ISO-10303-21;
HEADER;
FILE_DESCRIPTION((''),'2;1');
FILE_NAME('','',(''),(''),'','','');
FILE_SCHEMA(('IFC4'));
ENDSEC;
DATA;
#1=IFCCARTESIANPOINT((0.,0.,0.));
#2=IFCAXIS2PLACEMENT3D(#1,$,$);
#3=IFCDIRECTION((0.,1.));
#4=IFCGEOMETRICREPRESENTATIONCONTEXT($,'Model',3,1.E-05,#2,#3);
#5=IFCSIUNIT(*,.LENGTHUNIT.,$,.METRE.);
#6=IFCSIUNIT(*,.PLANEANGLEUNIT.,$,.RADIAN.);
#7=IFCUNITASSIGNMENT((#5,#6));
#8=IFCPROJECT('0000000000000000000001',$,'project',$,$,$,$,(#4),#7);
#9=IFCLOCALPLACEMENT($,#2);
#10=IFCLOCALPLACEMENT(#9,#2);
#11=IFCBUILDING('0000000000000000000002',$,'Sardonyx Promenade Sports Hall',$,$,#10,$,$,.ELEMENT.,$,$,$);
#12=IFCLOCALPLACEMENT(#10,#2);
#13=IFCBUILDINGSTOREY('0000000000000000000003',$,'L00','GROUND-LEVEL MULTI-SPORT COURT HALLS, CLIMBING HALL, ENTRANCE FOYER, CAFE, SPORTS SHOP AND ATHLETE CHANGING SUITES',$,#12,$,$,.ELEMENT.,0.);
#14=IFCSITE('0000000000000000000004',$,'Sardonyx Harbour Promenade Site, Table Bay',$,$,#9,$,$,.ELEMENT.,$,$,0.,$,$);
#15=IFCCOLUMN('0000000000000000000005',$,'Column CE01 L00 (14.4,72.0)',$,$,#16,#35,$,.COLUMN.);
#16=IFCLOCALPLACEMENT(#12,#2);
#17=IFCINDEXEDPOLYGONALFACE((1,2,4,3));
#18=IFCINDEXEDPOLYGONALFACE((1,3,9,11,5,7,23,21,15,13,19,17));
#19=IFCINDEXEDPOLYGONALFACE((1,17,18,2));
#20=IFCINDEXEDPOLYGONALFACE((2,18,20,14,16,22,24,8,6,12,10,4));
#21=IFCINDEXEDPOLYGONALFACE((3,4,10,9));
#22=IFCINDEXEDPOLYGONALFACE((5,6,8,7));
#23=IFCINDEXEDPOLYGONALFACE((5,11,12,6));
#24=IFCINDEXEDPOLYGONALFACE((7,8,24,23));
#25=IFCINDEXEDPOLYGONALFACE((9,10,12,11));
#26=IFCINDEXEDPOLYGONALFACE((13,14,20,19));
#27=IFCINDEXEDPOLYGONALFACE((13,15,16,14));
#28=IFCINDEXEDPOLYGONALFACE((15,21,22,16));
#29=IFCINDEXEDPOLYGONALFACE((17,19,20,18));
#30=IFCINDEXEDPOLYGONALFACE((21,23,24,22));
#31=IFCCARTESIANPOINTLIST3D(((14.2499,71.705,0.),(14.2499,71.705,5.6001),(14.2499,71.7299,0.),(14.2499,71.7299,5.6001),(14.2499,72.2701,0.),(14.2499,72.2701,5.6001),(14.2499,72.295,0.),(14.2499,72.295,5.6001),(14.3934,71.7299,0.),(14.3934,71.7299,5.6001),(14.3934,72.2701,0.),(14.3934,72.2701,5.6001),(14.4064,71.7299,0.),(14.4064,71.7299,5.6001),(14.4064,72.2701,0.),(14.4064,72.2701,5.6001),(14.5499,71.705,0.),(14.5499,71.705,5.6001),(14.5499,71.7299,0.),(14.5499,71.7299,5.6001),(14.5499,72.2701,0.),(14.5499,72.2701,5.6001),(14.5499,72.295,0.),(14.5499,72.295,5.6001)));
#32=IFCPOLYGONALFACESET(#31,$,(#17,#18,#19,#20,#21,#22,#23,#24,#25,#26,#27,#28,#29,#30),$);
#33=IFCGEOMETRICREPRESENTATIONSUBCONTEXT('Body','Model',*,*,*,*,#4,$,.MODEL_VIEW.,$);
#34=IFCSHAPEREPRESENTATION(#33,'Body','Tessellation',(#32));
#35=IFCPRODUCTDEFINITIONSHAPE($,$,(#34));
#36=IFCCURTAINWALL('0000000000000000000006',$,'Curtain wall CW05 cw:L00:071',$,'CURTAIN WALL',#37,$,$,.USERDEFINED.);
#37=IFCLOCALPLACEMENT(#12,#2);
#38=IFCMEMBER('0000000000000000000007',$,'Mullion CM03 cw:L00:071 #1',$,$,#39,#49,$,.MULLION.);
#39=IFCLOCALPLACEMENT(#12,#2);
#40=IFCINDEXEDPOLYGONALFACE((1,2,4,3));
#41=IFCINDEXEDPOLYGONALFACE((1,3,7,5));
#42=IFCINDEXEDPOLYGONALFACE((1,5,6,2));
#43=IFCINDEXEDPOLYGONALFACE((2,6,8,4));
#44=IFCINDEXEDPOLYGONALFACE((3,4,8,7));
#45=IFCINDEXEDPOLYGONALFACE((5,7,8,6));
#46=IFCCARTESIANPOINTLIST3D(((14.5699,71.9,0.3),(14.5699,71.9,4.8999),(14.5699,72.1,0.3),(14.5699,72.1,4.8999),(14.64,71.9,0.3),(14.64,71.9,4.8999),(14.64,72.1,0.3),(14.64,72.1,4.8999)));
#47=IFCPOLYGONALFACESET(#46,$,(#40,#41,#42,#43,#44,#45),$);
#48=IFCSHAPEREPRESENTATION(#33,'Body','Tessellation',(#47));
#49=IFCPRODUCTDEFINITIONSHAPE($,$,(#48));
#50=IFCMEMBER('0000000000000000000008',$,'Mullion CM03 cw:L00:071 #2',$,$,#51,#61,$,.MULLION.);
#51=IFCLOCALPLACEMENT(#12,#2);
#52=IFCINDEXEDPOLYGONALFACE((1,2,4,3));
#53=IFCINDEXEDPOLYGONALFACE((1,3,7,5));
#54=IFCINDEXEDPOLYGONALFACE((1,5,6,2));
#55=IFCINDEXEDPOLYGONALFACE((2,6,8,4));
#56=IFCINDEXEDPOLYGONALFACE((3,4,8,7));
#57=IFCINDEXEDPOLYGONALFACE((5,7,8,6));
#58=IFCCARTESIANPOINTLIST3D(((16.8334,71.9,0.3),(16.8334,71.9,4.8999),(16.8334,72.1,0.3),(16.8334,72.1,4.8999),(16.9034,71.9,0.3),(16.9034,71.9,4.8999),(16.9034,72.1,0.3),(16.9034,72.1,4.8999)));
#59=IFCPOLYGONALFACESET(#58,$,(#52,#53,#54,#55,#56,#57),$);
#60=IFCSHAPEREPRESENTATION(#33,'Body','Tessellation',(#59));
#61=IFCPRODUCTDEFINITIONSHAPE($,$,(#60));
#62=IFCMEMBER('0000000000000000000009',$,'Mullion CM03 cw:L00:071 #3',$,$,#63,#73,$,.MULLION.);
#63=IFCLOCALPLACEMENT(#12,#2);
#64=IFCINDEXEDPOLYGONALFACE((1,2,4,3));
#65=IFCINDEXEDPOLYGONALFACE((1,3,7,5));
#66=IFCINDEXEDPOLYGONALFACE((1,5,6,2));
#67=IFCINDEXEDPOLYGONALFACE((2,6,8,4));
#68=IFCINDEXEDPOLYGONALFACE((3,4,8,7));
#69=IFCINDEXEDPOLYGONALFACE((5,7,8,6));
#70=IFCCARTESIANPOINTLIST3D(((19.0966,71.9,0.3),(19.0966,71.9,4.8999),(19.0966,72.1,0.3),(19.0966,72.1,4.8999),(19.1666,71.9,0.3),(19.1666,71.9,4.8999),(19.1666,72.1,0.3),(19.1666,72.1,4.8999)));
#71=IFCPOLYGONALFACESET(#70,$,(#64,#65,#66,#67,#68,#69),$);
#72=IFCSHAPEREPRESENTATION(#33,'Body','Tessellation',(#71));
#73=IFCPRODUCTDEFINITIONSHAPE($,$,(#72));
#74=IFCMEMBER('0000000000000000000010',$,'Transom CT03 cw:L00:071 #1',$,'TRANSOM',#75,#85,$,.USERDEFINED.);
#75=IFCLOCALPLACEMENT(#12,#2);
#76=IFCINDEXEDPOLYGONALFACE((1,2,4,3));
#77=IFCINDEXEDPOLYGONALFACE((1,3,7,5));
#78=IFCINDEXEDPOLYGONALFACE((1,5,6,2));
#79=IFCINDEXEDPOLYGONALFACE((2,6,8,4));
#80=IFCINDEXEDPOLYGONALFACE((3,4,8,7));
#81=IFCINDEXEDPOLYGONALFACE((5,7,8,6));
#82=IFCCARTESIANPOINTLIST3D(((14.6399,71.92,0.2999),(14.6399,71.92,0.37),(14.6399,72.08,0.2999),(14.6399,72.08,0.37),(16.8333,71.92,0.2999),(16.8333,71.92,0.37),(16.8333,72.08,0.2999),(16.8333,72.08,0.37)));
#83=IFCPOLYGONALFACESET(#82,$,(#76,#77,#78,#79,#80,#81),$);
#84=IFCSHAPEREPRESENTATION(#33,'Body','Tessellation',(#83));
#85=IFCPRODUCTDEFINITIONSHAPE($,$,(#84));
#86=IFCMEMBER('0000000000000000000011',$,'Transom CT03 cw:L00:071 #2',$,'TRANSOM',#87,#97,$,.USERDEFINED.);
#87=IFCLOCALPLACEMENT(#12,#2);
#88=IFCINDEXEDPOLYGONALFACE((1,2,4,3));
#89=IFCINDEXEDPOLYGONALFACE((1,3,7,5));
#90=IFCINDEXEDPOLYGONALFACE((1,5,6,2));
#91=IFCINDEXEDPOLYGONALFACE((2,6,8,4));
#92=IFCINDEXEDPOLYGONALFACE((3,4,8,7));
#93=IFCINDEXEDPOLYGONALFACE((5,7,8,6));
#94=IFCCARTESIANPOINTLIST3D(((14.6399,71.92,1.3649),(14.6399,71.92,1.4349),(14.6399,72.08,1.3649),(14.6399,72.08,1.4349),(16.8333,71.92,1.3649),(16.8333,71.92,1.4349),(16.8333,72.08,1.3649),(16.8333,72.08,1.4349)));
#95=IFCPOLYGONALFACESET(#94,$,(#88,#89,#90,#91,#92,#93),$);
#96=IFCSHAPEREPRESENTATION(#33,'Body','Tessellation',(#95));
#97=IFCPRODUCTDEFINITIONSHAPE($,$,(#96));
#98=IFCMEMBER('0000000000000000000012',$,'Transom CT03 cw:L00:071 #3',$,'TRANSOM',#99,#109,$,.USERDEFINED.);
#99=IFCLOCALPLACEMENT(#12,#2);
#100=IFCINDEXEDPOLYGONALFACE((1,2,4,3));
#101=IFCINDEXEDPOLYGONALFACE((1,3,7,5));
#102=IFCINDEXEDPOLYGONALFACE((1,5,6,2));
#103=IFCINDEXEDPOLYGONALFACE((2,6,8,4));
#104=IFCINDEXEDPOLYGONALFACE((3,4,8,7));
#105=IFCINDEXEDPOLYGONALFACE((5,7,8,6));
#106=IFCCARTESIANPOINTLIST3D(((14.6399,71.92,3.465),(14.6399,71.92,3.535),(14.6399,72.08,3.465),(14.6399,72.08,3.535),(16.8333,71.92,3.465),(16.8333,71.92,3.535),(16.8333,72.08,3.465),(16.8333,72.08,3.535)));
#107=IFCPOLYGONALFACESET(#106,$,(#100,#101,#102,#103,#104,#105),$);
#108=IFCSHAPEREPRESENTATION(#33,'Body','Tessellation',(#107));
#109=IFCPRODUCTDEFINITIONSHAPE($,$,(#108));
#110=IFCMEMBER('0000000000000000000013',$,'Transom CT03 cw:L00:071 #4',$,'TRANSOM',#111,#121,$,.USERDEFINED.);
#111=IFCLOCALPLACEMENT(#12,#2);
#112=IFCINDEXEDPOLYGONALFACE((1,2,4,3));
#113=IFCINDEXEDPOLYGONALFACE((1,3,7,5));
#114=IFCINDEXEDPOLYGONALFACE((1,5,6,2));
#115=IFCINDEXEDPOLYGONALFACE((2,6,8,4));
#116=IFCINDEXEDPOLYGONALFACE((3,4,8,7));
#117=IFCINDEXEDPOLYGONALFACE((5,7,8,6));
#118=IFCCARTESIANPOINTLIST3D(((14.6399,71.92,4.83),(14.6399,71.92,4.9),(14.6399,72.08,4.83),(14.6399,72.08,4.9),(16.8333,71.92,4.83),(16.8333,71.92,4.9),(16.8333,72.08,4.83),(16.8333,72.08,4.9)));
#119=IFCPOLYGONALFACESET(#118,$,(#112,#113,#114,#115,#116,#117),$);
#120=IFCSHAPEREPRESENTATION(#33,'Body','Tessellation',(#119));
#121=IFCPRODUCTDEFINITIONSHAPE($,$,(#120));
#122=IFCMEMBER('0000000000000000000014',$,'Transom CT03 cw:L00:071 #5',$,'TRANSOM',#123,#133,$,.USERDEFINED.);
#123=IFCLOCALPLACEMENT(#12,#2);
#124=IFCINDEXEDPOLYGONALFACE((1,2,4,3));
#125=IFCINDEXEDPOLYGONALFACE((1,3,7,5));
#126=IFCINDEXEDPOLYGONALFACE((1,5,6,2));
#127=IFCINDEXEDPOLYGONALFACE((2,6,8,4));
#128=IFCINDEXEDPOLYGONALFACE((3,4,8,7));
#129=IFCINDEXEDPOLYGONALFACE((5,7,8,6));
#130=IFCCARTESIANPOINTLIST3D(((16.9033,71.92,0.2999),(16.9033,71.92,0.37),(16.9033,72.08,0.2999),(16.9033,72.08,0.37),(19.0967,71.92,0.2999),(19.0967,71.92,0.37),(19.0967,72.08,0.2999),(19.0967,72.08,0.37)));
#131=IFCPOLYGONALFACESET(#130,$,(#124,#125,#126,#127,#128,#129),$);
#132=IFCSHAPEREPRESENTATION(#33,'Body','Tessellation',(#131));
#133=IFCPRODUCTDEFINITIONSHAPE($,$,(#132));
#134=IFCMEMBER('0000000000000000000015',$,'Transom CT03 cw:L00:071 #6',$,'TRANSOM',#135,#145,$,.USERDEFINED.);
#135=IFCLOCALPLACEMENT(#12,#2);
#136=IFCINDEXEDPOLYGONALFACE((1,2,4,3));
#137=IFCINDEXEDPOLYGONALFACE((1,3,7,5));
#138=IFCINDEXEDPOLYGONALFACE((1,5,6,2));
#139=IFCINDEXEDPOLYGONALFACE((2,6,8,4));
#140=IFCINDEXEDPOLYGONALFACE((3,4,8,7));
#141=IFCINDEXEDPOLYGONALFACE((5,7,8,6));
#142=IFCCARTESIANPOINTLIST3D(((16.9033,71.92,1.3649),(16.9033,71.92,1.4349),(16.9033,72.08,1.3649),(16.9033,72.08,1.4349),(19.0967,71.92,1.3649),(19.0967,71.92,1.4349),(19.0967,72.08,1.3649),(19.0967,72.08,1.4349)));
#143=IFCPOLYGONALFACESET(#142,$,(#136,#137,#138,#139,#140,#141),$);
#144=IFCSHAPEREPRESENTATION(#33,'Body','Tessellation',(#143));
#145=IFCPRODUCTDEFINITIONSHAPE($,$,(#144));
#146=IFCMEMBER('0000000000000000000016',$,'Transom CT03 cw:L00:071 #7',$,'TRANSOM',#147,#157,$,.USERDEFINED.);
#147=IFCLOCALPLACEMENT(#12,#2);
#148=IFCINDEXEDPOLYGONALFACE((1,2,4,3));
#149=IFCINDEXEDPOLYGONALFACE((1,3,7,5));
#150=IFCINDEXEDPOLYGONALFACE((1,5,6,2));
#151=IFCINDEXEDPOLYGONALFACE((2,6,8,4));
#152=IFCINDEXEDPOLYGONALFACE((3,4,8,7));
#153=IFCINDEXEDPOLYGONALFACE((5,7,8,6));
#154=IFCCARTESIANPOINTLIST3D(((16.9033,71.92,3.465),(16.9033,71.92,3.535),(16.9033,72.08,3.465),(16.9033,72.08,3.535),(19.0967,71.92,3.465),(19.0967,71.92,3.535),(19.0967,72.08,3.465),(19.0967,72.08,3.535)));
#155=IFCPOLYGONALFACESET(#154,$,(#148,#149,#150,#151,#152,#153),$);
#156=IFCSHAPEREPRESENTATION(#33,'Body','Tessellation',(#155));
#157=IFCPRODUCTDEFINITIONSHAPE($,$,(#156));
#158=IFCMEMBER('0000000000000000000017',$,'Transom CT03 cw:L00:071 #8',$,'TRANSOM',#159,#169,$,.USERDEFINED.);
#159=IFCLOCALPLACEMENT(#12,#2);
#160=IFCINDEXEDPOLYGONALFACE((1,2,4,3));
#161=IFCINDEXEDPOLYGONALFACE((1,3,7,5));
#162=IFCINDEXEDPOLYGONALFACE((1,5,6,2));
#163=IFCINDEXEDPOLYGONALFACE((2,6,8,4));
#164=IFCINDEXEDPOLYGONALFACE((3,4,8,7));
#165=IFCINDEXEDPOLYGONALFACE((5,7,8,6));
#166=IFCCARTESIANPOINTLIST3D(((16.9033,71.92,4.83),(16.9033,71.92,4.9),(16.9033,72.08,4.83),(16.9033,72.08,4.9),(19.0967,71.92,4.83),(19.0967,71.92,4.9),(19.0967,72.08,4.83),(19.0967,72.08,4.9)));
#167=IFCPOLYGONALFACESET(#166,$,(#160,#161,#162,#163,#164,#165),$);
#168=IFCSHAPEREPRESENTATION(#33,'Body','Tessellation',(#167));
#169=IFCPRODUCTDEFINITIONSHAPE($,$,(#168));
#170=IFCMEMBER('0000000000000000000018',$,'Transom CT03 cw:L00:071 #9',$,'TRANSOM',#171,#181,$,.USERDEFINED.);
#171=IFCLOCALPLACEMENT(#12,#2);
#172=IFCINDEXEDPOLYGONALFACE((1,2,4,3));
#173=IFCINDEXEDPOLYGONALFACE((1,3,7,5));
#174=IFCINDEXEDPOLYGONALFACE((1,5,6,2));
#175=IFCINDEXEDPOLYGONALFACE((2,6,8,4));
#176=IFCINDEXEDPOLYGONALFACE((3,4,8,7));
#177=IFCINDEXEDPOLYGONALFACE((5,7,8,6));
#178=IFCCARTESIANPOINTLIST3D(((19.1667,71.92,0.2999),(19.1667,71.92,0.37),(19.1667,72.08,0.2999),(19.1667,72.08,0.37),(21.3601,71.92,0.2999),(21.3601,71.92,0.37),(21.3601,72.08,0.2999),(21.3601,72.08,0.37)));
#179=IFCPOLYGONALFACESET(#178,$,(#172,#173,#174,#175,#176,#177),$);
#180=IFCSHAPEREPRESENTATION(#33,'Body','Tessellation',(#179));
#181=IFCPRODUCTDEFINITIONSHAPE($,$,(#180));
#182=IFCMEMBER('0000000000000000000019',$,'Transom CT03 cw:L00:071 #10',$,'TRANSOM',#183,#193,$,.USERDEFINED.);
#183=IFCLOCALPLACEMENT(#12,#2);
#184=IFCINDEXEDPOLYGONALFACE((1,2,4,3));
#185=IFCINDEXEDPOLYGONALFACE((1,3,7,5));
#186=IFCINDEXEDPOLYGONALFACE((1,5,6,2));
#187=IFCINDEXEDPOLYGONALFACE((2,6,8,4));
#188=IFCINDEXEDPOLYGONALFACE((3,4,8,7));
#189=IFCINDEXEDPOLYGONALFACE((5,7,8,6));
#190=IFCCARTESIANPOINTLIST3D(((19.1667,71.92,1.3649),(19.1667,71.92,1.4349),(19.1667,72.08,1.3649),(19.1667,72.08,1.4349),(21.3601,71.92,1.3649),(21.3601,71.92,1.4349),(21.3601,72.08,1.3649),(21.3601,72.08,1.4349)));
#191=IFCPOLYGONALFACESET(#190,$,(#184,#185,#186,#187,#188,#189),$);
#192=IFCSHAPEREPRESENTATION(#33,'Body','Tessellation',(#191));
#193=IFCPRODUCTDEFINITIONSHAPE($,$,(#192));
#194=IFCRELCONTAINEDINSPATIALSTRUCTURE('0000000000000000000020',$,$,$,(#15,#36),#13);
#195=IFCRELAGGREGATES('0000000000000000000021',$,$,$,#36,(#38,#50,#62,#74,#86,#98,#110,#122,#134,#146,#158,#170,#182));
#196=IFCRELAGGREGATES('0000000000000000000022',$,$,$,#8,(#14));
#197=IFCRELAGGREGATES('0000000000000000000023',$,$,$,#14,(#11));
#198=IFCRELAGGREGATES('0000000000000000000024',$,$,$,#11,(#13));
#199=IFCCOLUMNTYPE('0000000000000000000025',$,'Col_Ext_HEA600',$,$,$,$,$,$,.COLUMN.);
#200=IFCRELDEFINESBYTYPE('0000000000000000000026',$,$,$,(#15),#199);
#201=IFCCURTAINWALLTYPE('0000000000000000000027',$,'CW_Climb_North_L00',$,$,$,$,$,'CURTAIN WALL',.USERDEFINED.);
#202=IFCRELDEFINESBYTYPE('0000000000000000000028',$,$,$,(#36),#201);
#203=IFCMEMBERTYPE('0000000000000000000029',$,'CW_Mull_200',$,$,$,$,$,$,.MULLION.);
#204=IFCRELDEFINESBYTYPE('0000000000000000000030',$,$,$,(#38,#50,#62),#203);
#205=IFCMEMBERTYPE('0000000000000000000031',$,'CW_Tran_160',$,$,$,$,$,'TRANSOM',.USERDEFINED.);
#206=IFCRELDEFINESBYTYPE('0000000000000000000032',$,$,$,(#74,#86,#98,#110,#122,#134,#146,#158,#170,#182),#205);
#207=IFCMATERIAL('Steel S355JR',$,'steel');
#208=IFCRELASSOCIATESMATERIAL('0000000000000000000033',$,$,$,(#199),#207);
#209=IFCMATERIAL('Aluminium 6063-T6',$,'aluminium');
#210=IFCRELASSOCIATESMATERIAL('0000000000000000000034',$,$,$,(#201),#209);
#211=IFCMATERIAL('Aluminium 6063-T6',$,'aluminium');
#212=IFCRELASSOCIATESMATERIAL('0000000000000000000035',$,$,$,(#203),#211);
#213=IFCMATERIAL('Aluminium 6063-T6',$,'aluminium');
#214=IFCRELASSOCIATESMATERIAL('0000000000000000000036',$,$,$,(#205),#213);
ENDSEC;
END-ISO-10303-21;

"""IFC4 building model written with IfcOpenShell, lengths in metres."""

from ifc_helpers import new_model, si_unit, direction, frame, origin, origin_2d, place, context, subcontext, project, spatial, rectangle, i_section, extrude, material, material_profile, profile_set, type_object, element, aggregate, save


model = new_model("IFC4")

# Units and contexts
model_context = context("Model", 3, precision=1e-05, world=origin(), true_north=direction((0.0, 1.0)))
body_context = subcontext(model_context, "Body", "Model", "MODEL_VIEW")
ifc_project = project(units=[si_unit("LENGTHUNIT", "METRE"), si_unit("PLANEANGLEUNIT", "RADIAN")], contexts=[model_context])

# Site, building, storey
site_placement = place(None, origin())
site = spatial("IfcSite", under=ifc_project, at=site_placement, Name="Sardonyx Harbour Promenade Site, Table Bay", CompositionType="ELEMENT", RefElevation=0.0)
building_placement = place(site_placement, origin())
building = spatial("IfcBuilding", under=site, at=building_placement, Name="Sardonyx Promenade Sports Hall", CompositionType="ELEMENT")
storey_placement = place(building_placement, origin())
storey = spatial("IfcBuildingStorey", under=building, at=storey_placement, Name="L00", Description="GROUND-LEVEL MULTI-SPORT COURT HALLS, CLIMBING HALL, ENTRANCE FOYER, CAFE, SPORTS SHOP AND ATHLETE CHANGING SUITES", CompositionType="ELEMENT", Elevation=0.0)

# Column
ifc_material_1 = material(Name="Steel S355JR", Category="steel")
ifc_material_profile_1 = material_profile(ifc_material_1, i_section(OverallWidth=0.3, OverallDepth=0.5901, WebThickness=0.0129, FlangeThickness=0.0249, at=origin_2d()))
ifc_profile_set_1 = profile_set([ifc_material_profile_1], Name="Steel S355JR")
column_type = type_object("IfcColumnType", Name="Col_Ext_HEA600", PredefinedType="COLUMN", material=ifc_profile_set_1)
column_placement = place(storey_placement, frame((14.3999, 72.0, 0.0), z_axis=(0.0, 0.0, 1.0), x_axis=(1.0, 0.0, 0.0)))
element("IfcColumn", 1, at=column_placement, inside=storey, type_object=column_type, Name="Column CE01 L00 (14.4,72.0)", PredefinedType="COLUMN", context=body_context, shape_type="SweptSolid", body=[
    extrude(i_section(OverallWidth=0.3, OverallDepth=0.5901, WebThickness=0.0129, FlangeThickness=0.0249, at=origin_2d()), origin(), (0.0, 0.0, 1.0), 5.6001),
])

# Curtain wall, members
ifc_material_2 = material(Name="Aluminium 6063-T6", Category="aluminium")
curtain_wall_type = type_object("IfcCurtainWallType", Name="CW_Climb_North_L00", ElementType="CURTAIN WALL", PredefinedType="USERDEFINED", material=ifc_material_2)
curtain_wall_placement = place(storey_placement, origin())
curtain_wall = element("IfcCurtainWall", 2, at=curtain_wall_placement, inside=storey, type_object=curtain_wall_type, Name="Curtain wall CW05 cw:L00:071", ObjectType="CURTAIN WALL", PredefinedType="USERDEFINED")
ifc_material_3 = material(Name="Aluminium 6063-T6", Category="aluminium")
ifc_material_profile_2 = material_profile(ifc_material_3, rectangle(XDim=0.0701, YDim=0.2, at=origin_2d()))
ifc_profile_set_2 = profile_set([ifc_material_profile_2], Name="Aluminium 6063-T6")
member_type_1 = type_object("IfcMemberType", Name="CW_Mull_200", PredefinedType="MULLION", material=ifc_profile_set_2)
member_1_placement = place(storey_placement, frame((14.605, 72.0, 0.3), z_axis=(0.0, 0.0, 1.0), x_axis=(1.0, 0.0, 0.0)))
member_1 = element("IfcMember", 3, at=member_1_placement, type_object=member_type_1, Name="Mullion CM03 cw:L00:071 #1", PredefinedType="MULLION", context=body_context, shape_type="SweptSolid", body=[
    extrude(rectangle(XDim=0.0701, YDim=0.2, at=origin_2d()), origin(), (0.0, 0.0, 1.0), 4.5999),
])
member_2_placement = place(storey_placement, frame((16.8684, 72.0, 0.3), z_axis=(0.0, 0.0, 1.0), x_axis=(1.0, 0.0, 0.0)))
member_2 = element("IfcMember", 4, at=member_2_placement, type_object=member_type_1, Name="Mullion CM03 cw:L00:071 #2", PredefinedType="MULLION", context=body_context, shape_type="SweptSolid", body=[
    extrude(rectangle(XDim=0.0701, YDim=0.2, at=origin_2d()), origin(), (0.0, 0.0, 1.0), 4.5999),
])
member_3_placement = place(storey_placement, frame((19.1316, 72.0, 0.3), z_axis=(0.0, 0.0, 1.0), x_axis=(1.0, 0.0, 0.0)))
member_3 = element("IfcMember", 5, at=member_3_placement, type_object=member_type_1, Name="Mullion CM03 cw:L00:071 #3", PredefinedType="MULLION", context=body_context, shape_type="SweptSolid", body=[
    extrude(rectangle(XDim=0.0701, YDim=0.2, at=origin_2d()), origin(), (0.0, 0.0, 1.0), 4.5999),
])
ifc_material_4 = material(Name="Aluminium 6063-T6", Category="aluminium")
ifc_material_profile_3 = material_profile(ifc_material_4, rectangle(XDim=0.0701, YDim=0.1599, at=origin_2d()))
ifc_profile_set_3 = profile_set([ifc_material_profile_3], Name="Aluminium 6063-T6")
member_type_2 = type_object("IfcMemberType", Name="CW_Tran_160", ElementType="TRANSOM", PredefinedType="USERDEFINED", material=ifc_profile_set_3)
member_4_placement = place(storey_placement, frame((14.6399, 72.0, 0.335), z_axis=(1.0, 0.0, 0.0), x_axis=(0.0, 0.0, 1.0)))
member_4 = element("IfcMember", 6, at=member_4_placement, type_object=member_type_2, Name="Transom CT03 cw:L00:071 #1", ObjectType="TRANSOM", PredefinedType="USERDEFINED", context=body_context, shape_type="SweptSolid", body=[
    extrude(rectangle(XDim=0.0701, YDim=0.1599, at=origin_2d()), origin(), (0.0, 0.0, 1.0), 2.1934),
])
member_5_placement = place(storey_placement, frame((14.6399, 72.0, 1.3999), z_axis=(1.0, 0.0, 0.0), x_axis=(0.0, 0.0, 1.0)))
member_5 = element("IfcMember", 7, at=member_5_placement, type_object=member_type_2, Name="Transom CT03 cw:L00:071 #2", ObjectType="TRANSOM", PredefinedType="USERDEFINED", context=body_context, shape_type="SweptSolid", body=[
    extrude(rectangle(XDim=0.0701, YDim=0.1599, at=origin_2d()), origin(), (0.0, 0.0, 1.0), 2.1934),
])
member_6_placement = place(storey_placement, frame((14.6399, 72.0, 3.5), z_axis=(1.0, 0.0, 0.0), x_axis=(0.0, 0.0, 1.0)))
member_6 = element("IfcMember", 8, at=member_6_placement, type_object=member_type_2, Name="Transom CT03 cw:L00:071 #3", ObjectType="TRANSOM", PredefinedType="USERDEFINED", context=body_context, shape_type="SweptSolid", body=[
    extrude(rectangle(XDim=0.0701, YDim=0.1599, at=origin_2d()), origin(), (0.0, 0.0, 1.0), 2.1934),
])
member_7_placement = place(storey_placement, frame((14.6399, 72.0, 4.865), z_axis=(1.0, 0.0, 0.0), x_axis=(0.0, 0.0, 1.0)))
member_7 = element("IfcMember", 9, at=member_7_placement, type_object=member_type_2, Name="Transom CT03 cw:L00:071 #4", ObjectType="TRANSOM", PredefinedType="USERDEFINED", context=body_context, shape_type="SweptSolid", body=[
    extrude(rectangle(XDim=0.0701, YDim=0.1599, at=origin_2d()), origin(), (0.0, 0.0, 1.0), 2.1934),
])
member_8_placement = place(storey_placement, frame((16.9033, 72.0, 0.335), z_axis=(1.0, 0.0, 0.0), x_axis=(0.0, 0.0, 1.0)))
member_8 = element("IfcMember", 10, at=member_8_placement, type_object=member_type_2, Name="Transom CT03 cw:L00:071 #5", ObjectType="TRANSOM", PredefinedType="USERDEFINED", context=body_context, shape_type="SweptSolid", body=[
    extrude(rectangle(XDim=0.0701, YDim=0.1599, at=origin_2d()), origin(), (0.0, 0.0, 1.0), 2.1934),
])
member_9_placement = place(storey_placement, frame((16.9033, 72.0, 1.3999), z_axis=(1.0, 0.0, 0.0), x_axis=(0.0, 0.0, 1.0)))
member_9 = element("IfcMember", 11, at=member_9_placement, type_object=member_type_2, Name="Transom CT03 cw:L00:071 #6", ObjectType="TRANSOM", PredefinedType="USERDEFINED", context=body_context, shape_type="SweptSolid", body=[
    extrude(rectangle(XDim=0.0701, YDim=0.1599, at=origin_2d()), origin(), (0.0, 0.0, 1.0), 2.1934),
])
member_10_placement = place(storey_placement, frame((16.9033, 72.0, 3.5), z_axis=(1.0, 0.0, 0.0), x_axis=(0.0, 0.0, 1.0)))
member_10 = element("IfcMember", 12, at=member_10_placement, type_object=member_type_2, Name="Transom CT03 cw:L00:071 #7", ObjectType="TRANSOM", PredefinedType="USERDEFINED", context=body_context, shape_type="SweptSolid", body=[
    extrude(rectangle(XDim=0.0701, YDim=0.1599, at=origin_2d()), origin(), (0.0, 0.0, 1.0), 2.1934),
])
member_11_placement = place(storey_placement, frame((16.9033, 72.0, 4.865), z_axis=(1.0, 0.0, 0.0), x_axis=(0.0, 0.0, 1.0)))
member_11 = element("IfcMember", 13, at=member_11_placement, type_object=member_type_2, Name="Transom CT03 cw:L00:071 #8", ObjectType="TRANSOM", PredefinedType="USERDEFINED", context=body_context, shape_type="SweptSolid", body=[
    extrude(rectangle(XDim=0.0701, YDim=0.1599, at=origin_2d()), origin(), (0.0, 0.0, 1.0), 2.1934),
])
member_12_placement = place(storey_placement, frame((19.1667, 72.0, 0.335), z_axis=(1.0, 0.0, 0.0), x_axis=(0.0, 0.0, 1.0)))
member_12 = element("IfcMember", 14, at=member_12_placement, type_object=member_type_2, Name="Transom CT03 cw:L00:071 #9", ObjectType="TRANSOM", PredefinedType="USERDEFINED", context=body_context, shape_type="SweptSolid", body=[
    extrude(rectangle(XDim=0.0701, YDim=0.1599, at=origin_2d()), origin(), (0.0, 0.0, 1.0), 2.1934),
])
member_13_placement = place(storey_placement, frame((19.1667, 72.0, 1.3999), z_axis=(1.0, 0.0, 0.0), x_axis=(0.0, 0.0, 1.0)))
member_13 = element("IfcMember", 15, at=member_13_placement, type_object=member_type_2, Name="Transom CT03 cw:L00:071 #10", ObjectType="TRANSOM", PredefinedType="USERDEFINED", context=body_context, shape_type="SweptSolid", body=[
    extrude(rectangle(XDim=0.0701, YDim=0.1599, at=origin_2d()), origin(), (0.0, 0.0, 1.0), 2.1934),
])
aggregate(curtain_wall, [member_1, member_2, member_3, member_4, member_5, member_6, member_7, member_8, member_9, member_10, member_11, member_12, member_13])

save(model, "model.ifc")
